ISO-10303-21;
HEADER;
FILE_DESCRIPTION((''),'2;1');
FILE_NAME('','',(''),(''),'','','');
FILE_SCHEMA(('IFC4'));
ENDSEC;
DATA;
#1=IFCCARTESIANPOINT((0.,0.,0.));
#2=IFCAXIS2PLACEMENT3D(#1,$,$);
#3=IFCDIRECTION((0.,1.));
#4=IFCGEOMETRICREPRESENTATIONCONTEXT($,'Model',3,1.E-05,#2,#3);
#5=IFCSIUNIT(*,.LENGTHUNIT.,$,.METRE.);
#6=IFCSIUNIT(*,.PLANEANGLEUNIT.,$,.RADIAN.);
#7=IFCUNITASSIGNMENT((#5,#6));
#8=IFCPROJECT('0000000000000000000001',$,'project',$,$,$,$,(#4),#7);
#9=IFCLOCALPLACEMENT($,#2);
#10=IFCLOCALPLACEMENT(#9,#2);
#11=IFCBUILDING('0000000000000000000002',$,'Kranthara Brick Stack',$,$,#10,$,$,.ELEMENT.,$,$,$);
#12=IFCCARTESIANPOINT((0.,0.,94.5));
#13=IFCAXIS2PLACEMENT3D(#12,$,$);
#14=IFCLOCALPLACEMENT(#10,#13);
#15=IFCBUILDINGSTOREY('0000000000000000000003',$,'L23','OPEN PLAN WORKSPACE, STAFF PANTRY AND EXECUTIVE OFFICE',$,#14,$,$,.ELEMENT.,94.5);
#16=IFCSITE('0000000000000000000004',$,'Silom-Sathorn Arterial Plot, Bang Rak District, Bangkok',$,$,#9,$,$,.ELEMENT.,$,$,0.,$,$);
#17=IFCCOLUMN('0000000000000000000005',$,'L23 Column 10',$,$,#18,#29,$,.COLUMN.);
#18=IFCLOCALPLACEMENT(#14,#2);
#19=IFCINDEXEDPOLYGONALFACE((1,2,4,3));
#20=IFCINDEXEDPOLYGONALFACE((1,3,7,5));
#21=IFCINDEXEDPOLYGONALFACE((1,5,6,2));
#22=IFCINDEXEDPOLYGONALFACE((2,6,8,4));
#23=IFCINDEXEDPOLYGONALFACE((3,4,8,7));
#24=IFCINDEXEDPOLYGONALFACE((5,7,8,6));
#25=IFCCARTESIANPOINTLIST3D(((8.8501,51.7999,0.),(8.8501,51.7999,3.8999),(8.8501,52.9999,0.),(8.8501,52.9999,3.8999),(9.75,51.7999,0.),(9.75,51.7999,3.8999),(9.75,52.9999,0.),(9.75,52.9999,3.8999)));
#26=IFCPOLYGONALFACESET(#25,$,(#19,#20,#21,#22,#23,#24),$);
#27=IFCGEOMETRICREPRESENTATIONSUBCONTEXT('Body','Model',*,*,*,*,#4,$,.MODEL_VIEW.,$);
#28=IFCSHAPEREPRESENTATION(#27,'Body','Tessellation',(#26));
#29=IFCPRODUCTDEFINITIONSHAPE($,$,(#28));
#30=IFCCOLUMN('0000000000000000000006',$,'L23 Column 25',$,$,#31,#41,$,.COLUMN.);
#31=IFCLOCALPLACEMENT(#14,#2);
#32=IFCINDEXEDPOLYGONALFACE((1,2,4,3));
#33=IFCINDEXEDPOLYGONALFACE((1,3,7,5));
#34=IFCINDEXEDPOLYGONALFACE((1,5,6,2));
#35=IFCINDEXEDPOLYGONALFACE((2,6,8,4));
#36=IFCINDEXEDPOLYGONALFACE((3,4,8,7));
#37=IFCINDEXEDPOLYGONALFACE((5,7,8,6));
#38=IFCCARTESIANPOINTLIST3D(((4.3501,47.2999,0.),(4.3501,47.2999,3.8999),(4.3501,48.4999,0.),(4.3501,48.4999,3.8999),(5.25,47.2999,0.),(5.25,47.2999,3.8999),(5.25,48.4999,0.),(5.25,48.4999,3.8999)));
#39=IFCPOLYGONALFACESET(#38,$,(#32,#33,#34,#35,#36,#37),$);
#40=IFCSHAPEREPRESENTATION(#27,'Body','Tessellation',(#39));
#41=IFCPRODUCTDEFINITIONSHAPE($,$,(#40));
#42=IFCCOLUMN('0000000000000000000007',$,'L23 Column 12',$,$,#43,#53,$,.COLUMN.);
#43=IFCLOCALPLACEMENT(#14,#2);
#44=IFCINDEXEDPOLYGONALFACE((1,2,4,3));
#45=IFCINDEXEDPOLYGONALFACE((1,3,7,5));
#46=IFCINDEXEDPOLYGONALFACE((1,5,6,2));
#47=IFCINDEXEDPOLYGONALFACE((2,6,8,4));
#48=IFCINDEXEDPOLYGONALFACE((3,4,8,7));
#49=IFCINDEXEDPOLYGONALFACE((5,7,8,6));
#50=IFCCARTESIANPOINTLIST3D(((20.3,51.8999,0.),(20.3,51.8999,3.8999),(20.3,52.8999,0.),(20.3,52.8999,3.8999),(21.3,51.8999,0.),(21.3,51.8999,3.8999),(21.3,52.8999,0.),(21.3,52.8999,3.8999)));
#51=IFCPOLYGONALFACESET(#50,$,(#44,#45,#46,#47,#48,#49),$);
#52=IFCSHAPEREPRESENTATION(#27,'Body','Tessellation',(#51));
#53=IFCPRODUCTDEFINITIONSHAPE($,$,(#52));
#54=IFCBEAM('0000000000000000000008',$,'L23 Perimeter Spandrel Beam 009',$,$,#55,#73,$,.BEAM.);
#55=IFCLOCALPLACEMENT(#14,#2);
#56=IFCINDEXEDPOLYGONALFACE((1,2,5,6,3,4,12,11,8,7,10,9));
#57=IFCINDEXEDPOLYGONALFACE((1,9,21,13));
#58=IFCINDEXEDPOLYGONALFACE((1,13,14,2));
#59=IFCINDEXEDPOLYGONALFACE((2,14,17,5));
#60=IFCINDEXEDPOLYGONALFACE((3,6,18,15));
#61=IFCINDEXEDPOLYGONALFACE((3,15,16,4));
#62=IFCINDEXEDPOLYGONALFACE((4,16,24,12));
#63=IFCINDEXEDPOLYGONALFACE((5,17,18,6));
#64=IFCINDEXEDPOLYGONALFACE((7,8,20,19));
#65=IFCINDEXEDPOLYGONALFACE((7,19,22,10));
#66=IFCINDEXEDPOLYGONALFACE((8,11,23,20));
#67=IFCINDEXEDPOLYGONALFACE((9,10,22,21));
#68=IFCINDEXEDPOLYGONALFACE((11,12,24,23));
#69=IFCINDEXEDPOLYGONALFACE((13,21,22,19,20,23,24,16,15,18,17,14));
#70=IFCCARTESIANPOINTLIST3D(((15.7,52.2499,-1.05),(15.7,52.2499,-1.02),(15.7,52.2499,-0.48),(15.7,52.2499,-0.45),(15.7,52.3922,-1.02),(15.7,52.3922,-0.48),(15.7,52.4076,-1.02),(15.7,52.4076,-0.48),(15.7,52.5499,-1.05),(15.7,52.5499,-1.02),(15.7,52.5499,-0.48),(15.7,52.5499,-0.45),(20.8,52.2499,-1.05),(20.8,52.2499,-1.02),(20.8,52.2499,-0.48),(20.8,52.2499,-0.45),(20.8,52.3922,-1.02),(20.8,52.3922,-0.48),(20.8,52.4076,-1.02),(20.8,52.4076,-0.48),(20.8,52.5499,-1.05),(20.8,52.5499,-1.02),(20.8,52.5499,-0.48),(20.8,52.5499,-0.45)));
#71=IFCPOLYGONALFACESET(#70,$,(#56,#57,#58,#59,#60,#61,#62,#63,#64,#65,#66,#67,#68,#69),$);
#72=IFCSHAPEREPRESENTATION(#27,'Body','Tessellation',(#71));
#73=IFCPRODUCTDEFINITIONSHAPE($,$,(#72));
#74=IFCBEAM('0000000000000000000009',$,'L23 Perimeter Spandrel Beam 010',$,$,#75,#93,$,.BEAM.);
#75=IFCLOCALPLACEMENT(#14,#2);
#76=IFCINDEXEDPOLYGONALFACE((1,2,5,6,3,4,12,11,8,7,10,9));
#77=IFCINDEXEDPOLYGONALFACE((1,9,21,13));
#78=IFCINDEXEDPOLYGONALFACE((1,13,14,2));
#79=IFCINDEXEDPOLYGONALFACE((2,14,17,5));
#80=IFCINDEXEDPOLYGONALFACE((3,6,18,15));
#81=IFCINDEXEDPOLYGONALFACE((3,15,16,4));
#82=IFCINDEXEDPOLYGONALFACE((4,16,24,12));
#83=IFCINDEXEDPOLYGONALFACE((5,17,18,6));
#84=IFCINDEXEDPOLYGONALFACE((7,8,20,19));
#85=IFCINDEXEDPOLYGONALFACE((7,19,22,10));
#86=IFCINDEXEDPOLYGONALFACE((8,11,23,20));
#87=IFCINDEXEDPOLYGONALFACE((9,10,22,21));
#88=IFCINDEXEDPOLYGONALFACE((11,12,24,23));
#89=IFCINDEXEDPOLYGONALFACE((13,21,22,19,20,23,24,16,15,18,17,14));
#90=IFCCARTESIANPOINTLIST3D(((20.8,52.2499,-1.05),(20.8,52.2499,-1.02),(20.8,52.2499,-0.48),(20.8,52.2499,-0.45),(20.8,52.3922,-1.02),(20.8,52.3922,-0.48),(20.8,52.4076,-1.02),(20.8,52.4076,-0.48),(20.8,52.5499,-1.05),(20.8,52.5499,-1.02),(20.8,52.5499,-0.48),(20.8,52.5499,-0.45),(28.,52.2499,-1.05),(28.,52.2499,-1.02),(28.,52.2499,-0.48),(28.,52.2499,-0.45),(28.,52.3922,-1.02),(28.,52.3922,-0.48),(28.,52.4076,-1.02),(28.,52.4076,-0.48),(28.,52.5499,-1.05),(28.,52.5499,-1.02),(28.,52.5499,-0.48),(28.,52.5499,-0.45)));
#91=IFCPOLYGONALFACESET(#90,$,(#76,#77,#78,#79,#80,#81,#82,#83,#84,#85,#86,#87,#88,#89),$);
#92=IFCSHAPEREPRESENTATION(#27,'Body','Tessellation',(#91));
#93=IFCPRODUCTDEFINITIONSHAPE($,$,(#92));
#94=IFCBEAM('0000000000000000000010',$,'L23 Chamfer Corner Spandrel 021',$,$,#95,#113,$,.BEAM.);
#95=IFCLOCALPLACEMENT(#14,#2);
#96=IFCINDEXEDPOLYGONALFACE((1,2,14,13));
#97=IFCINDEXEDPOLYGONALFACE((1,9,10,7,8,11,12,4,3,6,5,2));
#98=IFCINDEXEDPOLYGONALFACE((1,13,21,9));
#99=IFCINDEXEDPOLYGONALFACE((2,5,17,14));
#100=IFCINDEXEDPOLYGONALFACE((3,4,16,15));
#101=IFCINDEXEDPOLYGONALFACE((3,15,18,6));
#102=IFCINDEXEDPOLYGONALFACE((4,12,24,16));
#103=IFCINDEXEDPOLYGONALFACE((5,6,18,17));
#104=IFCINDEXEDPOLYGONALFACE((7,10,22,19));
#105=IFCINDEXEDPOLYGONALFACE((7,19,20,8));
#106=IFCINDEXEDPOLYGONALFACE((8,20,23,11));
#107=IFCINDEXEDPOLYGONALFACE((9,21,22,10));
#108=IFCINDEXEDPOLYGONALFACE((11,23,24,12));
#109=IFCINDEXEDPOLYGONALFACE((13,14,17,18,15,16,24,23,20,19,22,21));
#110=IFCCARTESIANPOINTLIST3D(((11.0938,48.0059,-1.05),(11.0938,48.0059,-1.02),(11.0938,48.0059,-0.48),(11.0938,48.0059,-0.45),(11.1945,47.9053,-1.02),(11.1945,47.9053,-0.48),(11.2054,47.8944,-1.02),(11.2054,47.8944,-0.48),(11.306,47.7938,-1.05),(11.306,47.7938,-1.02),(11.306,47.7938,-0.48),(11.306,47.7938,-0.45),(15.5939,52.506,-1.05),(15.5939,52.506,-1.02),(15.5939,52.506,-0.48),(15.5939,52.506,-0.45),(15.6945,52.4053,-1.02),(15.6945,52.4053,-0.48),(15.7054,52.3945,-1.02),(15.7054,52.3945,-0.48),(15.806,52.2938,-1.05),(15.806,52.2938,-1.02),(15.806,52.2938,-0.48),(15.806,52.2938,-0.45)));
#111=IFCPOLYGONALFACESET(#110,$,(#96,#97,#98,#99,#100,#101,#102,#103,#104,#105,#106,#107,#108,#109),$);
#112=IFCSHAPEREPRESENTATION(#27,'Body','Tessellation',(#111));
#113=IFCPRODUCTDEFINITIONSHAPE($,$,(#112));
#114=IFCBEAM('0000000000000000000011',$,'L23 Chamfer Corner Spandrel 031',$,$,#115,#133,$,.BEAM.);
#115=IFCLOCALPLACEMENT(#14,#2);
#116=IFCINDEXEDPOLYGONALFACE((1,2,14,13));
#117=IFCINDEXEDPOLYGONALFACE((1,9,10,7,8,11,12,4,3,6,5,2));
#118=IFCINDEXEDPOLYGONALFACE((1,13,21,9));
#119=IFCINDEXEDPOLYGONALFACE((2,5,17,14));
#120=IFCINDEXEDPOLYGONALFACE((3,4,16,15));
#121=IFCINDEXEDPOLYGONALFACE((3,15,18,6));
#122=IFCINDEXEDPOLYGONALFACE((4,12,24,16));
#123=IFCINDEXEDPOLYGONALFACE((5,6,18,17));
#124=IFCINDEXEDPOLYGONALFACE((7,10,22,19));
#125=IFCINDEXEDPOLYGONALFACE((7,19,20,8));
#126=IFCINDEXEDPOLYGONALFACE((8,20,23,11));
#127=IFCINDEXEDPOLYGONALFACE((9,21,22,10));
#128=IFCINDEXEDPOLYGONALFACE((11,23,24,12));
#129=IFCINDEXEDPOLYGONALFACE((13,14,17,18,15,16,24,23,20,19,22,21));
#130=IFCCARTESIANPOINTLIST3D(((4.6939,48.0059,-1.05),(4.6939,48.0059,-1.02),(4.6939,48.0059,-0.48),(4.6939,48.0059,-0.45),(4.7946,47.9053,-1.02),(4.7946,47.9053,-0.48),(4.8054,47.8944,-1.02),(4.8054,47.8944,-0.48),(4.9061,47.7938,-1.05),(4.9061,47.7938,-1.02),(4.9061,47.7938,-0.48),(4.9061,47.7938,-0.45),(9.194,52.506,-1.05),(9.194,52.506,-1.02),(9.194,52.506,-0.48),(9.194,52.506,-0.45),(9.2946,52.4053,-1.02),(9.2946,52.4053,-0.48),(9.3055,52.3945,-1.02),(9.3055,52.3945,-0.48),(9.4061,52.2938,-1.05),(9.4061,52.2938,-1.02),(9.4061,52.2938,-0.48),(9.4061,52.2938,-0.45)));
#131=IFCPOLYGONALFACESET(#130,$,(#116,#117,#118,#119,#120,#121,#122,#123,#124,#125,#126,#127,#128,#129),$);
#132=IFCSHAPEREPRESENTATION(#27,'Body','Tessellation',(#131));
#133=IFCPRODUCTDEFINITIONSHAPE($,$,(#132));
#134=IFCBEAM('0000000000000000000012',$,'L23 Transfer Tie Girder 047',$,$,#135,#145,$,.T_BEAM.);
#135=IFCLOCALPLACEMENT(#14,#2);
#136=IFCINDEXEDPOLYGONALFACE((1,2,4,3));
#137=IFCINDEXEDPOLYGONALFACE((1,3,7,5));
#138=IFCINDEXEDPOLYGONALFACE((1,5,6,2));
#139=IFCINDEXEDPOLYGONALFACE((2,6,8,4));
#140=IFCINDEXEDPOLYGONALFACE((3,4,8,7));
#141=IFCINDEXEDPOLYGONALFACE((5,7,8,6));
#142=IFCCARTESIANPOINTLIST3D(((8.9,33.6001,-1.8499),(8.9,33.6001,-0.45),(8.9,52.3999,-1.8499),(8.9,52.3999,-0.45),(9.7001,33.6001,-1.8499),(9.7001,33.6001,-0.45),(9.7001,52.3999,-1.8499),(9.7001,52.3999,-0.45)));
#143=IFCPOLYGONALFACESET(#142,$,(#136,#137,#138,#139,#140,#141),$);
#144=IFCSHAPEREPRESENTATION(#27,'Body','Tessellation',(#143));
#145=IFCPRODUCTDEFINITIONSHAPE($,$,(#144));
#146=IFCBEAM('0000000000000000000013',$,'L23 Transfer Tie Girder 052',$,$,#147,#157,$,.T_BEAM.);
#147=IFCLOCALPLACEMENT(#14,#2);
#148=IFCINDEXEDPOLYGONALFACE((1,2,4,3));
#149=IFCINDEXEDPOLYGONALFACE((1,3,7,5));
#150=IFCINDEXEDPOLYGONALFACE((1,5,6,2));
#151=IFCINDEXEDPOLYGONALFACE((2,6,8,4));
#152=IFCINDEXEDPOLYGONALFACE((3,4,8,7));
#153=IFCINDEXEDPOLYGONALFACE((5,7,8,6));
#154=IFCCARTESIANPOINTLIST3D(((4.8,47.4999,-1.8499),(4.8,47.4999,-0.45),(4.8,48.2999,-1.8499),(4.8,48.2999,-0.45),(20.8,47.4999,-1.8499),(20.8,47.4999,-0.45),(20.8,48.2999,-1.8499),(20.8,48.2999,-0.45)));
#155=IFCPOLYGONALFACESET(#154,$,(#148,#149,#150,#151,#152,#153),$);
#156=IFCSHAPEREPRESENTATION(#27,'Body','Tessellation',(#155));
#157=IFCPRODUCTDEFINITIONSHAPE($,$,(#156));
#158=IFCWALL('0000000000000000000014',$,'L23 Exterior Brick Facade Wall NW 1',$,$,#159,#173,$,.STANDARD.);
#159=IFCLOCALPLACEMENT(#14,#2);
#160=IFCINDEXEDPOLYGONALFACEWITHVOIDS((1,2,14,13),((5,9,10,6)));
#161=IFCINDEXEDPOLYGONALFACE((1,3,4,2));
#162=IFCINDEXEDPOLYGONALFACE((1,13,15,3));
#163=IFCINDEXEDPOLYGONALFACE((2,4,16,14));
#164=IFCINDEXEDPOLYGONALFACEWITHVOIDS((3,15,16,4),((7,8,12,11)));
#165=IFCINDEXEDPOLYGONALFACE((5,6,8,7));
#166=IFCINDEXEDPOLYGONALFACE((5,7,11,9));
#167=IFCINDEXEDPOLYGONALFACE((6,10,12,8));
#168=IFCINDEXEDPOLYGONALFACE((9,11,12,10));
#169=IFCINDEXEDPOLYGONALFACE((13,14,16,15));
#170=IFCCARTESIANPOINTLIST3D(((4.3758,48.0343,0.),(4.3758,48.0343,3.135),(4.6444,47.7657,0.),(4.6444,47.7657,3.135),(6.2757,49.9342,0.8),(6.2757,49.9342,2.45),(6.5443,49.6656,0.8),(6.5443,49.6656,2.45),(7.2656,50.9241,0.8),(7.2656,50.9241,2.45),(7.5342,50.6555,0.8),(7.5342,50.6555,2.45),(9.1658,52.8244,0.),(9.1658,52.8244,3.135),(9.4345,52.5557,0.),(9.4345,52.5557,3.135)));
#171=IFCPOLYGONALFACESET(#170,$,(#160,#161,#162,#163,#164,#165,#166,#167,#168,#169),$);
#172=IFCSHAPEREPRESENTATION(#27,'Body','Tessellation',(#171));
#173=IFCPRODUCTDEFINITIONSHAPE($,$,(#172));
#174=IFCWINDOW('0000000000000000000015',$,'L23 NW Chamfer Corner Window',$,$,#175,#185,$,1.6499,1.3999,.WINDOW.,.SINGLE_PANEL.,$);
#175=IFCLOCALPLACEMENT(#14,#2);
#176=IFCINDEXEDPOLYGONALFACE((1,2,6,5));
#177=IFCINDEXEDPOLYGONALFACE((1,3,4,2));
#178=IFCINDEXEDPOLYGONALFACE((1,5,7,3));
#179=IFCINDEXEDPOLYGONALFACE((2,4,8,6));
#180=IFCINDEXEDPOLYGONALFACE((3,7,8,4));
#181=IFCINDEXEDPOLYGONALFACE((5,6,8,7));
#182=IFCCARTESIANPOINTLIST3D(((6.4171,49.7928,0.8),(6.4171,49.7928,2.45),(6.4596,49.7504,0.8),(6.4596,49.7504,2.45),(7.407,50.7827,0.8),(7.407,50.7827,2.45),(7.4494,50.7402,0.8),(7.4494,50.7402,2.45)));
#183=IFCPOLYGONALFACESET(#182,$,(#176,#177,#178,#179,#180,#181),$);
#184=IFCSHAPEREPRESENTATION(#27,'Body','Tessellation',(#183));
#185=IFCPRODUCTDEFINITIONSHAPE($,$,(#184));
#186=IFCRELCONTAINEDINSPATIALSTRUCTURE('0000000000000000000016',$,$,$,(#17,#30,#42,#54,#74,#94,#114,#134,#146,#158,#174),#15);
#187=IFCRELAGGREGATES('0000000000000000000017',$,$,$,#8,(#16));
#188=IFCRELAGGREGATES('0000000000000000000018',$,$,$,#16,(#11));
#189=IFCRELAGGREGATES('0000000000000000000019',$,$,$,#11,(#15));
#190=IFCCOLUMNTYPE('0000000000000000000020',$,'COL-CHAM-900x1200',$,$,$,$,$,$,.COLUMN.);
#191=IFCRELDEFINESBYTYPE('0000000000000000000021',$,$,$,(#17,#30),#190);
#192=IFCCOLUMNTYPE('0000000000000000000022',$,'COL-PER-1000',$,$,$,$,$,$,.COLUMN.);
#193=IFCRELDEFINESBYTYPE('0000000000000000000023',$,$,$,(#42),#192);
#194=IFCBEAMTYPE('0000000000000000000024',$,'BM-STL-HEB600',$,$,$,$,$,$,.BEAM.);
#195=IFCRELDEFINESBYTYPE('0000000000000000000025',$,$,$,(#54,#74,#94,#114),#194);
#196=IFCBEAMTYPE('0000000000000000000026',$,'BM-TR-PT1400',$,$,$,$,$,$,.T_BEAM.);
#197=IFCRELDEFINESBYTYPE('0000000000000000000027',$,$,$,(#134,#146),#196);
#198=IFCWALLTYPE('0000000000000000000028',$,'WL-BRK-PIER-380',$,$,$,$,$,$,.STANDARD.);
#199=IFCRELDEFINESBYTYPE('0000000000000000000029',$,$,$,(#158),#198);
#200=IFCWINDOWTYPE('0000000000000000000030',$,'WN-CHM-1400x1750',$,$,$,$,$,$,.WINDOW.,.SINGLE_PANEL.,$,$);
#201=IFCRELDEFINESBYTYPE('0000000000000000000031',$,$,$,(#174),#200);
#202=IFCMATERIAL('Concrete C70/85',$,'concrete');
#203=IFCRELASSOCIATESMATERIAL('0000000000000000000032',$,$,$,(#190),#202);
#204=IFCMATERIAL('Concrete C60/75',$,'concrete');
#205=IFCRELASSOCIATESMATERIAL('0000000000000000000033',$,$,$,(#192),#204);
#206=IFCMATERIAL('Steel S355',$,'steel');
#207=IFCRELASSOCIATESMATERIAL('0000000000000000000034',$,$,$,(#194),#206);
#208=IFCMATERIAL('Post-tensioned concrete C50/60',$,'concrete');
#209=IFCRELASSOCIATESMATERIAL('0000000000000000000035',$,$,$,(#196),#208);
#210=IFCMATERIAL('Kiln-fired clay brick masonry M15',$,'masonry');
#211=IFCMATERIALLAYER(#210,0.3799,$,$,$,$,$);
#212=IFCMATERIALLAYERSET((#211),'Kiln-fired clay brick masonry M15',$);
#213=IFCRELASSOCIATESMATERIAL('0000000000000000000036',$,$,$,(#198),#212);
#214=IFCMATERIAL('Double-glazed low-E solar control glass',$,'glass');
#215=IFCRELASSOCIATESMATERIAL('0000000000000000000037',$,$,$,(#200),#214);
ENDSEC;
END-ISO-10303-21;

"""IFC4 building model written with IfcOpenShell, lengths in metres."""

from ifc_helpers import new_model, si_unit, direction, frame, frame_2d, origin, origin_2d, place, context, subcontext, project, spatial, rectangle, i_section, extrude, material, layer, layer_set, material_profile, profile_set, type_object, element, fill, save


model = new_model("IFC4")

# Units and contexts
model_context = context("Model", 3, precision=1e-05, world=origin(), true_north=direction((0.0, 1.0)))
body_context = subcontext(model_context, "Body", "Model", "MODEL_VIEW")
ifc_project = project(units=[si_unit("LENGTHUNIT", "METRE"), si_unit("PLANEANGLEUNIT", "RADIAN")], contexts=[model_context])

# Site, building, storey
site_placement = place(None, origin())
site = spatial("IfcSite", under=ifc_project, at=site_placement, Name="Silom-Sathorn Arterial Plot, Bang Rak District, Bangkok", CompositionType="ELEMENT", RefElevation=0.0)
building_placement = place(site_placement, origin())
building = spatial("IfcBuilding", under=site, at=building_placement, Name="Kranthara Brick Stack", CompositionType="ELEMENT")
storey_placement = place(building_placement, frame((0.0, 0.0, 94.5)))
storey = spatial("IfcBuildingStorey", under=building, at=storey_placement, Name="L23", Description="OPEN PLAN WORKSPACE, STAFF PANTRY AND EXECUTIVE OFFICE", CompositionType="ELEMENT", Elevation=94.5)

# Columns
ifc_material_1 = material(Name="Concrete C70/85", Category="concrete")
ifc_material_profile_1 = material_profile(ifc_material_1, rectangle(XDim=0.8999, YDim=1.2, at=origin_2d()), Name="RC 900x1200")
ifc_profile_set_1 = profile_set([ifc_material_profile_1], Name="Concrete C70/85")
column_type_1 = type_object("IfcColumnType", Name="COL-CHAM-900x1200", PredefinedType="COLUMN", material=ifc_profile_set_1)
for number, where, z_axis, x_axis, name in (
    (1, (9.3, 52.3999, 0.0), (0.0, 0.0, 1.0), (1.0, 0.0, 0.0), "L23 Column 10"),
    (2, (4.8, 47.8999, 0.0), (0.0, 0.0, 1.0), (1.0, 0.0, 0.0), "L23 Column 25"),
):
    element("IfcColumn", number, at=place(storey_placement, frame(where, z_axis=z_axis, x_axis=x_axis)), inside=storey, type_object=column_type_1, Name=name, PredefinedType="COLUMN", context=body_context, shape_type="SweptSolid", body=[
        extrude(rectangle(XDim=0.8999, YDim=1.2, at=origin_2d()), origin(), (0.0, 0.0, 1.0), 3.8999),
    ])
ifc_material_2 = material(Name="Concrete C60/75", Category="concrete")
ifc_material_profile_2 = material_profile(ifc_material_2, rectangle(XDim=1.0, YDim=1.0, at=origin_2d()), Name="RC 1000x1000")
ifc_profile_set_2 = profile_set([ifc_material_profile_2], Name="Concrete C60/75")
column_type_2 = type_object("IfcColumnType", Name="COL-PER-1000", PredefinedType="COLUMN", material=ifc_profile_set_2)
column_placement = place(storey_placement, frame((20.8, 52.3999, 0.0), z_axis=(0.0, 0.0, 1.0), x_axis=(1.0, 0.0, 0.0)))
element("IfcColumn", 3, at=column_placement, inside=storey, type_object=column_type_2, Name="L23 Column 12", PredefinedType="COLUMN", context=body_context, shape_type="SweptSolid", body=[
    extrude(rectangle(XDim=1.0, YDim=1.0, at=origin_2d()), origin(), (0.0, 0.0, 1.0), 3.8999),
])

# Beams
ifc_material_3 = material(Name="Steel S355", Category="steel")
ifc_material_profile_3 = material_profile(ifc_material_3, i_section(OverallWidth=0.3, OverallDepth=0.6001, WebThickness=0.0154, FlangeThickness=0.03, at=origin_2d()), Name="HEB 600")
ifc_profile_set_3 = profile_set([ifc_material_profile_3], Name="Steel S355")
beam_type_1 = type_object("IfcBeamType", Name="BM-STL-HEB600", PredefinedType="BEAM", material=ifc_profile_set_3)
beam_1_placement = place(storey_placement, frame((15.7, 52.3999, -0.75), z_axis=(1.0, 0.0, 0.0), x_axis=(0.0, 1.0, 0.0)))
element("IfcBeam", 4, at=beam_1_placement, inside=storey, type_object=beam_type_1, Name="L23 Perimeter Spandrel Beam 009", PredefinedType="BEAM", context=body_context, shape_type="SweptSolid", body=[
    extrude(i_section(OverallWidth=0.3, OverallDepth=0.6001, WebThickness=0.0154, FlangeThickness=0.03, at=origin_2d()), origin(), (0.0, 0.0, 1.0), 5.1001),
])
beam_2_placement = place(storey_placement, frame((20.8, 52.3999, -0.75), z_axis=(1.0, 0.0, 0.0), x_axis=(0.0, 1.0, 0.0)))
element("IfcBeam", 5, at=beam_2_placement, inside=storey, type_object=beam_type_1, Name="L23 Perimeter Spandrel Beam 010", PredefinedType="BEAM", context=body_context, shape_type="SweptSolid", body=[
    extrude(i_section(OverallWidth=0.3, OverallDepth=0.6001, WebThickness=0.0154, FlangeThickness=0.03, at=origin_2d()), origin(), (0.0, 0.0, 1.0), 7.2),
])
for number, where, z_axis, x_axis, name in (
    (6, (15.7, 52.3999, -0.75), (-0.707107, -0.707107, 0.0), (0.707107, -0.707107, 0.0), "L23 Chamfer Corner Spandrel 021"),
    (7, (9.3, 52.3999, -0.75), (-0.707107, -0.707107, 0.0), (0.707107, -0.707107, 0.0), "L23 Chamfer Corner Spandrel 031"),
):
    element("IfcBeam", number, at=place(storey_placement, frame(where, z_axis=z_axis, x_axis=x_axis)), inside=storey, type_object=beam_type_1, Name=name, PredefinedType="BEAM", context=body_context, shape_type="SweptSolid", body=[
        extrude(i_section(OverallWidth=0.3, OverallDepth=0.6001, WebThickness=0.0154, FlangeThickness=0.03, at=origin_2d()), origin(), (0.0, 0.0, 1.0), 6.364),
    ])
ifc_material_4 = material(Name="Post-tensioned concrete C50/60", Category="concrete")
ifc_material_profile_4 = material_profile(ifc_material_4, rectangle(XDim=0.8, YDim=1.3999, at=origin_2d()), Name="PT 800x1400")
ifc_profile_set_4 = profile_set([ifc_material_profile_4], Name="Post-tensioned concrete C50/60")
beam_type_2 = type_object("IfcBeamType", Name="BM-TR-PT1400", PredefinedType="T_BEAM", material=ifc_profile_set_4)
beam_3_placement = place(storey_placement, frame((9.3, 52.3999, -1.1499), z_axis=(0.0, -1.0, 0.0), x_axis=(1.0, 0.0, 0.0)))
element("IfcBeam", 8, at=beam_3_placement, inside=storey, type_object=beam_type_2, Name="L23 Transfer Tie Girder 047", PredefinedType="T_BEAM", context=body_context, shape_type="SweptSolid", body=[
    extrude(rectangle(XDim=0.8, YDim=1.3999, at=origin_2d()), origin(), (0.0, 0.0, 1.0), 18.7998),
])
beam_4_placement = place(storey_placement, frame((4.8, 47.8999, -1.1499), z_axis=(1.0, 0.0, 0.0), x_axis=(0.0, 1.0, 0.0)))
element("IfcBeam", 9, at=beam_4_placement, inside=storey, type_object=beam_type_2, Name="L23 Transfer Tie Girder 052", PredefinedType="T_BEAM", context=body_context, shape_type="SweptSolid", body=[
    extrude(rectangle(XDim=0.8, YDim=1.3999, at=origin_2d()), origin(), (0.0, 0.0, 1.0), 16.0),
])

# Wall, opening, window
ifc_material_5 = material(Name="Kiln-fired clay brick masonry M15", Category="masonry")
ifc_layer_1 = layer(ifc_material_5, 0.3799)
ifc_layer_set_1 = layer_set([ifc_layer_1], Name="Kiln-fired clay brick masonry M15")
wall_type_1 = type_object("IfcWallType", Name="WL-BRK-PIER-380", PredefinedType="STANDARD", material=ifc_layer_set_1)
wall_1_placement = place(storey_placement, frame((4.51, 47.8999, 0.0), z_axis=(0.0, 0.0, 1.0), x_axis=(0.707107, 0.707107, 0.0)))
wall_1 = element("IfcWall", 10, at=wall_1_placement, inside=storey, type_object=wall_type_1, Name="L23 Exterior Brick Facade Wall NW 1", PredefinedType="STANDARD", context=body_context, shape_type="SweptSolid", body=[
    extrude(rectangle(XDim=6.7742, YDim=0.3799, at=frame_2d((3.3872, 0.0))), origin(), (0.0, 0.0, 1.0), 3.135),
])
opening_1_placement = place(wall_1_placement, frame((2.687, 0.0, 0.8)))
opening_1 = element("IfcOpeningElement", 11, at=opening_1_placement, cuts=wall_1, PredefinedType="OPENING", context=body_context, shape_type="SweptSolid", body=[
    extrude(rectangle(XDim=1.3999, YDim=1.6499, at=frame_2d((0.7, 0.825))), frame((0.0, 0.2, 0.0), z_axis=(0.0, -1.0, 0.0), x_axis=(1.0, 0.0, 0.0)), (0.0, 0.0, 1.0), 0.3999),
])
ifc_material_6 = material(Name="Double-glazed low-E solar control glass", Category="glass")
window_type_1 = type_object("IfcWindowType", Name="WN-CHM-1400x1750", PartitioningType="SINGLE_PANEL", PredefinedType="WINDOW", material=ifc_material_6)
window_1_placement = place(opening_1_placement, origin())
window_1 = element("IfcWindow", 12, at=window_1_placement, inside=storey, type_object=window_type_1, Name="L23 NW Chamfer Corner Window", OverallHeight=1.6499, OverallWidth=1.3999, PartitioningType="SINGLE_PANEL", PredefinedType="WINDOW", context=body_context, shape_type="SweptSolid", body=[
    extrude(rectangle(XDim=1.3999, YDim=1.6499, at=frame_2d((0.7, 0.825))), frame((0.0, -0.01, 0.0), z_axis=(0.0, -1.0, 0.0), x_axis=(1.0, 0.0, 0.0)), (0.0, 0.0, 1.0), 0.0601),
])
fill(opening_1, window_1)

save(model, "model.ifc")
